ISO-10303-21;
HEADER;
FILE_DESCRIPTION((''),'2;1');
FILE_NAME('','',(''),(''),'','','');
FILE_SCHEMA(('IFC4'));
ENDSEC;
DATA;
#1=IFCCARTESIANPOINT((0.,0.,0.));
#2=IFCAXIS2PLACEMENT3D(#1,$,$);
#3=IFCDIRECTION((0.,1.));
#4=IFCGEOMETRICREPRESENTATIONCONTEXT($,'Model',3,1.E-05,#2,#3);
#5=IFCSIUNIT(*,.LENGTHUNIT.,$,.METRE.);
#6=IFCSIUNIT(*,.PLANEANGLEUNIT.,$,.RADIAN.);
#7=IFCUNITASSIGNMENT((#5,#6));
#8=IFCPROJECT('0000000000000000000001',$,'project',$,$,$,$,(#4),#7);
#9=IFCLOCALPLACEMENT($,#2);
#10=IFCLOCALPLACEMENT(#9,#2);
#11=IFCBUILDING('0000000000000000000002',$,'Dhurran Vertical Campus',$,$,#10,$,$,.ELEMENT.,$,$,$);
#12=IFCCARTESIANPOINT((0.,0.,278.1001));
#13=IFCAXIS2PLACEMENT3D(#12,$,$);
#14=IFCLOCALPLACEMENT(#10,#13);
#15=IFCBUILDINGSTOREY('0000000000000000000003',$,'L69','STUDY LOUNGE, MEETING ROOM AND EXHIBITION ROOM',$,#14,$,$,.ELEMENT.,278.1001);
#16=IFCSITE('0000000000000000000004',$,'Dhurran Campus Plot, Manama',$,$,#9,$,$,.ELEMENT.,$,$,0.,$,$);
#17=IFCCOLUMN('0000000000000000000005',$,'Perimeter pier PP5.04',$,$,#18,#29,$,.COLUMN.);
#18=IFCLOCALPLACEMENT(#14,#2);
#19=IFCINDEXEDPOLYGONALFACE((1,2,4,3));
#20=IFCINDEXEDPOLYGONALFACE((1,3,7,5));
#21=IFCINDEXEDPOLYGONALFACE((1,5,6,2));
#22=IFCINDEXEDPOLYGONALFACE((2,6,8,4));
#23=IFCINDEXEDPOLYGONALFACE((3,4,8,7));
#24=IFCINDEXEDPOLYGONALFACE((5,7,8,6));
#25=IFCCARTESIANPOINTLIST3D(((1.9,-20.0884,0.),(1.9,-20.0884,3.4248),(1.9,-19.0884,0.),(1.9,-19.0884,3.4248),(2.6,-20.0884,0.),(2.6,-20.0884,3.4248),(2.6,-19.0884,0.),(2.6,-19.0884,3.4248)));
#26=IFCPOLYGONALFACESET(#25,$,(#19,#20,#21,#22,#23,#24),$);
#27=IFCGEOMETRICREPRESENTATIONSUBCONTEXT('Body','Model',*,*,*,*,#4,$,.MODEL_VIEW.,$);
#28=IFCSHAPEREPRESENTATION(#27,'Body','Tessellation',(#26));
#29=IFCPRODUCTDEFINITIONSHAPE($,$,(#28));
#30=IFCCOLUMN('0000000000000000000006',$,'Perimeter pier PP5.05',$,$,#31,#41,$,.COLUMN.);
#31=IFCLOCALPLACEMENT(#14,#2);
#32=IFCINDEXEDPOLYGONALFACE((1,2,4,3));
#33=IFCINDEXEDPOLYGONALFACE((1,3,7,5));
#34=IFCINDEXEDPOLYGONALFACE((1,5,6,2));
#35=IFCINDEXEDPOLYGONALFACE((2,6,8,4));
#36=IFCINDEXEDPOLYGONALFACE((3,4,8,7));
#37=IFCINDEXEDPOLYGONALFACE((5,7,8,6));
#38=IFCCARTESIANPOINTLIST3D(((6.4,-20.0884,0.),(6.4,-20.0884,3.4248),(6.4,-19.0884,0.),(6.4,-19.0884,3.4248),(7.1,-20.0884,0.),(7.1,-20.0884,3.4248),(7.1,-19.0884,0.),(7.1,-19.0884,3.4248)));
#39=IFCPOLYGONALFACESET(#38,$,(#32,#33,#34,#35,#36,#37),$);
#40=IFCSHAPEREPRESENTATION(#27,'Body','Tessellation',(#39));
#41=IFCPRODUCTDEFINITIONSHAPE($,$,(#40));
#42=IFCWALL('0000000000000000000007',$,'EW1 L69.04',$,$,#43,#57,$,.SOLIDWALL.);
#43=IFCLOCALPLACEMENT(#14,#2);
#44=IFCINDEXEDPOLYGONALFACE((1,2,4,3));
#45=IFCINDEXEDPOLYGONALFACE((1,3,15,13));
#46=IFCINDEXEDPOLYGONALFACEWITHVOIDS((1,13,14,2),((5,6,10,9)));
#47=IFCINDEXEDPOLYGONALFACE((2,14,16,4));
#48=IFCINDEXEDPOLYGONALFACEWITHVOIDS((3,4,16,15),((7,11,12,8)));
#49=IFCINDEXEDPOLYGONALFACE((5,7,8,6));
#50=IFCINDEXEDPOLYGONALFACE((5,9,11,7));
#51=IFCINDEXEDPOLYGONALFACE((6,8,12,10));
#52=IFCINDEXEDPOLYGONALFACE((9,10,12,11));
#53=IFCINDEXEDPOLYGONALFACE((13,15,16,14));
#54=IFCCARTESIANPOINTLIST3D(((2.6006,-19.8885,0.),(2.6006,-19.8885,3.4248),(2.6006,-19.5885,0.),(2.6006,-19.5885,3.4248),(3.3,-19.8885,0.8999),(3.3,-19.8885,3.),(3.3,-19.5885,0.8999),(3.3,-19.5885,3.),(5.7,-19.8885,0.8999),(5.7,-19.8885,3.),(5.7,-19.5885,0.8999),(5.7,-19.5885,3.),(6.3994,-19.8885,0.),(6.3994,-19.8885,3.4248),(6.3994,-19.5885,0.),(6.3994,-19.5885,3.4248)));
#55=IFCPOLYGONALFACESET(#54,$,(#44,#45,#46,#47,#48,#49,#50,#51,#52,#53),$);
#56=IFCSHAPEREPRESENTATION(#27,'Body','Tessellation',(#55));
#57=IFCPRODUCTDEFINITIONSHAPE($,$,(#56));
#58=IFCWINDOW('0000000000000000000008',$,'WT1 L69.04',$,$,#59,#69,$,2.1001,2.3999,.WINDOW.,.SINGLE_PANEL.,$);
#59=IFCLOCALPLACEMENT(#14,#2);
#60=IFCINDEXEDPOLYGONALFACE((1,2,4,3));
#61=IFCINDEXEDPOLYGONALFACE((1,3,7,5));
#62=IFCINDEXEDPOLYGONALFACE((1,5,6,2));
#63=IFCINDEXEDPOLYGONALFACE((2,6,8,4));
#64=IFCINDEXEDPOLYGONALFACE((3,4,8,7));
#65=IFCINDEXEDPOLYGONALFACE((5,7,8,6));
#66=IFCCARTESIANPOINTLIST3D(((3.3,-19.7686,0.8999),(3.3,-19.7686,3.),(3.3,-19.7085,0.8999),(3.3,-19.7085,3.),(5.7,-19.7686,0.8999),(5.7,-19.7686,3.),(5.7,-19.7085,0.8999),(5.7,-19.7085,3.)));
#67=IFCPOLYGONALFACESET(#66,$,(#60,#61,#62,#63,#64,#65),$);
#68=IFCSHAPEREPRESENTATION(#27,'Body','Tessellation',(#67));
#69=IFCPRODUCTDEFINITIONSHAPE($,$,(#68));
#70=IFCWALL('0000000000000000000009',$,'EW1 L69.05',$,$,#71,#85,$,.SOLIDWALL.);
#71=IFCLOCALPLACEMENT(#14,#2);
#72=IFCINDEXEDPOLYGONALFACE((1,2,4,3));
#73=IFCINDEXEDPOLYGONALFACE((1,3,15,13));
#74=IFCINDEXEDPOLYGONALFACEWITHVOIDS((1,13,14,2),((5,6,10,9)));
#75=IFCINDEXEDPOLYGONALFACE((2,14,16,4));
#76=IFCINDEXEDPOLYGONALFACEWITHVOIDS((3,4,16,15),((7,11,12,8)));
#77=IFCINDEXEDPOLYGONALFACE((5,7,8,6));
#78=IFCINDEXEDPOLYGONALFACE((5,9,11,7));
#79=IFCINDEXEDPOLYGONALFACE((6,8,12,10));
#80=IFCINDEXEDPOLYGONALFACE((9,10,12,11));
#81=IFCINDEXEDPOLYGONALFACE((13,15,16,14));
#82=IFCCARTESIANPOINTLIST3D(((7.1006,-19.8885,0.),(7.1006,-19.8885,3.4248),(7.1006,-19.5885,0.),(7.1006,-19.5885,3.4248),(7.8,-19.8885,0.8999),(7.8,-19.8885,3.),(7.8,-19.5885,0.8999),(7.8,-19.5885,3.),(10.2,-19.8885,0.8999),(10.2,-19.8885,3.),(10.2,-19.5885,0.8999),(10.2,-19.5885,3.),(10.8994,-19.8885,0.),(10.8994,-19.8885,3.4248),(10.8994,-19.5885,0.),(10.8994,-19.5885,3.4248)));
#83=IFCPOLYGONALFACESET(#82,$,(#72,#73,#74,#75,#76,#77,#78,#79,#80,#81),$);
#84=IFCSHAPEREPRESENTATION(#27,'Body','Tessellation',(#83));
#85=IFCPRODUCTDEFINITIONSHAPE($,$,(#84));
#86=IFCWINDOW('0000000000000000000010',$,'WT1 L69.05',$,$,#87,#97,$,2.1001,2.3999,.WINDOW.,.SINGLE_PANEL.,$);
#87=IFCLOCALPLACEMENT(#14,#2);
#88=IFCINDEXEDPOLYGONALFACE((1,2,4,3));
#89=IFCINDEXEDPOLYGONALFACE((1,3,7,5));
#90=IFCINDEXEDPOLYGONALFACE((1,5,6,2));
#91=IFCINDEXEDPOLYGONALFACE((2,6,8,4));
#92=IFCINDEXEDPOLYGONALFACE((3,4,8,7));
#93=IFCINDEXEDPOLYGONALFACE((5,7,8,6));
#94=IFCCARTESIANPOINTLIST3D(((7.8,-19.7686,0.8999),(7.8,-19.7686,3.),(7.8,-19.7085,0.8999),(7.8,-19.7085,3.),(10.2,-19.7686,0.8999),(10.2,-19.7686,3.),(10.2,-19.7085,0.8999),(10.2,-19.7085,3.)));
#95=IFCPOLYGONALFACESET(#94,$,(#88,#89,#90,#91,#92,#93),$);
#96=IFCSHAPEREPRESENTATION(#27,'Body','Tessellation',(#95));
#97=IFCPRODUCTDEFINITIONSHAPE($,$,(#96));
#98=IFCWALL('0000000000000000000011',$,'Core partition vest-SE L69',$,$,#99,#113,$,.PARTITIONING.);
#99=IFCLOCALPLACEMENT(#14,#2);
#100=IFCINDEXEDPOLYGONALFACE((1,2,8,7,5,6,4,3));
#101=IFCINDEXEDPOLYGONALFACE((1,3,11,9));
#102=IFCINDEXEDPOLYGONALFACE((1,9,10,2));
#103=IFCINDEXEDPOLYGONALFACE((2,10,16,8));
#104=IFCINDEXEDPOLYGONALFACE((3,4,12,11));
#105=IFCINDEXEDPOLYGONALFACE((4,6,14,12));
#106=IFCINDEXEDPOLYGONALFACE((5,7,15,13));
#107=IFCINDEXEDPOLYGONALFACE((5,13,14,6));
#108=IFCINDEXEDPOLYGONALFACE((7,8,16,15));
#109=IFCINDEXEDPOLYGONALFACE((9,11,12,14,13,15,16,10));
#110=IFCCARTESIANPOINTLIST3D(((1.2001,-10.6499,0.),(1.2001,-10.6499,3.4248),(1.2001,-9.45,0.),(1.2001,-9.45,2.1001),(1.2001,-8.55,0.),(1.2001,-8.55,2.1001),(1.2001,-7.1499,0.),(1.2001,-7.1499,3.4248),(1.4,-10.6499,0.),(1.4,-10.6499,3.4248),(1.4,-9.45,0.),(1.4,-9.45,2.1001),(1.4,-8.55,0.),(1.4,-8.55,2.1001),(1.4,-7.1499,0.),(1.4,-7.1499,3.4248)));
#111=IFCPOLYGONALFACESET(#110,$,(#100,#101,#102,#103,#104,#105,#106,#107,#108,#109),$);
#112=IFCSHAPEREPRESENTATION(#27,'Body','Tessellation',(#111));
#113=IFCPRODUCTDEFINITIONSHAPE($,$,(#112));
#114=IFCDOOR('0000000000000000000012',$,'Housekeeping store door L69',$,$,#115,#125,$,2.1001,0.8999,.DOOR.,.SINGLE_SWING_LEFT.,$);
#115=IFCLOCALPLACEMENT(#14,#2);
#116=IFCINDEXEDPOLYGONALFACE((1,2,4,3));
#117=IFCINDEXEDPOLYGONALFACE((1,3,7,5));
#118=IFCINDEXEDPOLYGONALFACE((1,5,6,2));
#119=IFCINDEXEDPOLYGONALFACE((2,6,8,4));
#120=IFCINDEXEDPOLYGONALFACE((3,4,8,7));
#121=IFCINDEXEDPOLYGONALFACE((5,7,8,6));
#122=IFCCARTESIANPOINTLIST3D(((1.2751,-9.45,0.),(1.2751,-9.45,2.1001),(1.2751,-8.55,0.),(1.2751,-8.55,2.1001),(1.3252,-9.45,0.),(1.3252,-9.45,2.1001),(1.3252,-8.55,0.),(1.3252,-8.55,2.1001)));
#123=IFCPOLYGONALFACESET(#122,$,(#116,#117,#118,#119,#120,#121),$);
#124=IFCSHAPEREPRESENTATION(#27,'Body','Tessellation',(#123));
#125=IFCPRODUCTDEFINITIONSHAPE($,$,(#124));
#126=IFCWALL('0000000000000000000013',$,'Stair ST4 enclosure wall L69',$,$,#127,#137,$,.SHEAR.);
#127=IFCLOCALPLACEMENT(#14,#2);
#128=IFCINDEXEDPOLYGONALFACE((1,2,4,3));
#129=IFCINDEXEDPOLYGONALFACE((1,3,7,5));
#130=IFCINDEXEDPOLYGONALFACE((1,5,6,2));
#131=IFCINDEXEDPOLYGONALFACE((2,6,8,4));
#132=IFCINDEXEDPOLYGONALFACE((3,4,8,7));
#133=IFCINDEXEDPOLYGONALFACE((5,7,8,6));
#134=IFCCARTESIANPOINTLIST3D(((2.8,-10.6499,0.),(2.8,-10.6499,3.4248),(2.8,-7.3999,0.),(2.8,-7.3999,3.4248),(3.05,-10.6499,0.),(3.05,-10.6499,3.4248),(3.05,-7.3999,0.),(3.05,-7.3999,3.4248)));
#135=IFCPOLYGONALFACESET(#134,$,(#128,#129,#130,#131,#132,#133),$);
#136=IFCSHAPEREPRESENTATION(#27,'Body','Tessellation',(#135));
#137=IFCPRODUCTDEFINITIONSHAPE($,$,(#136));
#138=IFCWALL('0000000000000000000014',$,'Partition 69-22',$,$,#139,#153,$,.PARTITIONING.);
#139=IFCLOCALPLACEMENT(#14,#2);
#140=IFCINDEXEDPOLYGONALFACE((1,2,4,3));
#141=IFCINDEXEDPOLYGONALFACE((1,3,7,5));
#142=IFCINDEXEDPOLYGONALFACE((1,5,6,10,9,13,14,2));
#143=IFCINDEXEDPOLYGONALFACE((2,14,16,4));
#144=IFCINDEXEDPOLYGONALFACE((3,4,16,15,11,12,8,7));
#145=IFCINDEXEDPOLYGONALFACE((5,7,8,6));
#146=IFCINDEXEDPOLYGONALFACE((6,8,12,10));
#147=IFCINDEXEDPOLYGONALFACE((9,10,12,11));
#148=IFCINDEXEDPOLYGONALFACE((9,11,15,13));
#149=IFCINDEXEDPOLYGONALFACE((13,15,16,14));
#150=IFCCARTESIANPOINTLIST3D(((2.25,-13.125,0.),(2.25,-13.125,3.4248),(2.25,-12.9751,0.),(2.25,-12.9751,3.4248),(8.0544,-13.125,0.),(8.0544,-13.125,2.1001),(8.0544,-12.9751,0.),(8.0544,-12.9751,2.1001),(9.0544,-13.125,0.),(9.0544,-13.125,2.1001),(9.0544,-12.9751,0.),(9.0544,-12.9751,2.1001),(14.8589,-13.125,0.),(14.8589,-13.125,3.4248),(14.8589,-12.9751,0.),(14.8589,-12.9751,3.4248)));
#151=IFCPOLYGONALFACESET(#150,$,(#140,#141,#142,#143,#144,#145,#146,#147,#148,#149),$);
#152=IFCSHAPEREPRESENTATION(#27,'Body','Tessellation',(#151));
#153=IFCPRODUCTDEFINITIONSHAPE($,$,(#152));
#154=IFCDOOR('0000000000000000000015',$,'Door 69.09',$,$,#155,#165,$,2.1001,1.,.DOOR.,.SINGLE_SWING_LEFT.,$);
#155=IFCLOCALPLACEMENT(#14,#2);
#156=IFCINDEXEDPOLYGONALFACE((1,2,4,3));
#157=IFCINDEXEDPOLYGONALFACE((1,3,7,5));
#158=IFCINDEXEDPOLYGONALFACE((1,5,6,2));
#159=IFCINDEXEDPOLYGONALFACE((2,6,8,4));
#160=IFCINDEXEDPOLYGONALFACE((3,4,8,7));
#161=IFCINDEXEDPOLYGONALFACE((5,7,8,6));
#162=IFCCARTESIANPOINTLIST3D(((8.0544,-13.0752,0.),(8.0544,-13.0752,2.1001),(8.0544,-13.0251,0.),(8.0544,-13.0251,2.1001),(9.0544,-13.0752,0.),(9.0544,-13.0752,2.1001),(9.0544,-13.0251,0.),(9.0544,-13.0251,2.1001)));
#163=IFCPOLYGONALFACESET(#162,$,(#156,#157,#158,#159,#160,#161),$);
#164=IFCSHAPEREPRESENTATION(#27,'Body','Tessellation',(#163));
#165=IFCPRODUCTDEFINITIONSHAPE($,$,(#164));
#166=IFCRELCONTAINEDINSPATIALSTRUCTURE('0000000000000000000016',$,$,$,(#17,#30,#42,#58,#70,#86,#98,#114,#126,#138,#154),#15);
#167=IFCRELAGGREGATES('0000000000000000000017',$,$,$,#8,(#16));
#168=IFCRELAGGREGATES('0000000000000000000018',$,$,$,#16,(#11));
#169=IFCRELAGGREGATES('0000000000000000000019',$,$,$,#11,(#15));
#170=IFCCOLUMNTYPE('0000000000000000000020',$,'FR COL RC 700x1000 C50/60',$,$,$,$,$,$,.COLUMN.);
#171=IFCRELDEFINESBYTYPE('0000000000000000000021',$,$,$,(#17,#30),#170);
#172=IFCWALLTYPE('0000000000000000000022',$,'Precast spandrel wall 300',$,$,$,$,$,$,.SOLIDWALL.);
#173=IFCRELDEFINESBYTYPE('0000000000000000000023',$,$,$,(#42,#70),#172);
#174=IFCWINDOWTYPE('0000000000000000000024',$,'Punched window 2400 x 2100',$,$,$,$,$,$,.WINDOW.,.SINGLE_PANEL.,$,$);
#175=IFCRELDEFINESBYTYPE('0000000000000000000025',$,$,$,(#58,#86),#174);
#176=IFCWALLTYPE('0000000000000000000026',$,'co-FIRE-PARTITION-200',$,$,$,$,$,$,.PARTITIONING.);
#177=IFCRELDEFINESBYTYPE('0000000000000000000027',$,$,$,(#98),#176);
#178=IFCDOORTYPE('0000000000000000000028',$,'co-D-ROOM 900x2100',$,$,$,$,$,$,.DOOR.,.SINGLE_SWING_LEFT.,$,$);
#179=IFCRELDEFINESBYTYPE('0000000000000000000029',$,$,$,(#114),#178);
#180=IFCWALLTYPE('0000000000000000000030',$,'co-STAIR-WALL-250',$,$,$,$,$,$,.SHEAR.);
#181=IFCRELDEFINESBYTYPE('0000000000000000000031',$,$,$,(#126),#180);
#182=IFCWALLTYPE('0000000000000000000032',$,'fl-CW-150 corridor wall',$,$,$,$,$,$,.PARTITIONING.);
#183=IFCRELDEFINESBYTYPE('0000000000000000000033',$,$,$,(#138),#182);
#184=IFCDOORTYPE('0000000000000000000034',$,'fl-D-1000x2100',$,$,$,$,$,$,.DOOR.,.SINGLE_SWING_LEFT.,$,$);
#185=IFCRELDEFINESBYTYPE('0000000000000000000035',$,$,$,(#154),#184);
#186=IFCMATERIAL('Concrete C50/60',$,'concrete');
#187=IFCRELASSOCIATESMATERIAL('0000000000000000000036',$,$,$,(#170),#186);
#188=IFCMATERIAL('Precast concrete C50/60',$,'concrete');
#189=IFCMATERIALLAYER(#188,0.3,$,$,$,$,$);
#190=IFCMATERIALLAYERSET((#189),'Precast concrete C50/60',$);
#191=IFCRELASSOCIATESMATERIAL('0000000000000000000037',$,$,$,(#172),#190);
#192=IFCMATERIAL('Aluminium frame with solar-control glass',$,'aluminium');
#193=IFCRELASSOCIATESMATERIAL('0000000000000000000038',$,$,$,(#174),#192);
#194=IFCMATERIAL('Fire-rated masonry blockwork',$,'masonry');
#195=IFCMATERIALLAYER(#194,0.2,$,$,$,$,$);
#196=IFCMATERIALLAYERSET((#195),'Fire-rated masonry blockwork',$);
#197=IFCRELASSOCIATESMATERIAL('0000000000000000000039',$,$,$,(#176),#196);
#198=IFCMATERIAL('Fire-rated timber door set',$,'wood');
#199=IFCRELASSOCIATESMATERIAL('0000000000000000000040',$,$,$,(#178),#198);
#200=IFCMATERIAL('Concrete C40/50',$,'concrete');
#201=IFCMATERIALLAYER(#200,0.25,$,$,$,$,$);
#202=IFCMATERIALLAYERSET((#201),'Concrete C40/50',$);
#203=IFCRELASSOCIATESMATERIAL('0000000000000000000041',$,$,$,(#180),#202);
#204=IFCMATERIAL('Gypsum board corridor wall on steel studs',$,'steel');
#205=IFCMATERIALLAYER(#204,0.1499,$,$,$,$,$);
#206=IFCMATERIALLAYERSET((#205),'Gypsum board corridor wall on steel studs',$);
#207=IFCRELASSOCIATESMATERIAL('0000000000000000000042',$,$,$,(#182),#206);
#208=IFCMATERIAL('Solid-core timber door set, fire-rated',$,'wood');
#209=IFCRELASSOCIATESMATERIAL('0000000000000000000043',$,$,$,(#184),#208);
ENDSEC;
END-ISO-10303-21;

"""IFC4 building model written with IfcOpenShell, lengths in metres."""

from ifc_helpers import new_model, si_unit, direction, frame, frame_2d, origin, origin_2d, place, context, subcontext, project, spatial, rectangle, extrude, material, layer, layer_set, material_profile, profile_set, type_object, element, fill, save


model = new_model("IFC4")

# Units and contexts
model_context = context("Model", 3, precision=1e-05, world=origin(), true_north=direction((0.0, 1.0)))
body_context = subcontext(model_context, "Body", "Model", "MODEL_VIEW")
ifc_project = project(units=[si_unit("LENGTHUNIT", "METRE"), si_unit("PLANEANGLEUNIT", "RADIAN")], contexts=[model_context])

# Site, building, storey
site_placement = place(None, origin())
site = spatial("IfcSite", under=ifc_project, at=site_placement, Name="Dhurran Campus Plot, Manama", CompositionType="ELEMENT", RefElevation=0.0)
building_placement = place(site_placement, origin())
building = spatial("IfcBuilding", under=site, at=building_placement, Name="Dhurran Vertical Campus", CompositionType="ELEMENT")
storey_placement = place(building_placement, frame((0.0, 0.0, 278.1001)))
storey = spatial("IfcBuildingStorey", under=building, at=storey_placement, Name="L69", Description="STUDY LOUNGE, MEETING ROOM AND EXHIBITION ROOM", CompositionType="ELEMENT", Elevation=278.1001)

# Columns
ifc_material_1 = material(Name="Concrete C50/60", Category="concrete")
ifc_material_profile = material_profile(ifc_material_1, rectangle(XDim=0.7, YDim=1.0, at=origin_2d()), Name="RC 700x1000")
ifc_profile_set = profile_set([ifc_material_profile], Name="Concrete C50/60")
column_type = type_object("IfcColumnType", Name="FR COL RC 700x1000 C50/60", PredefinedType="COLUMN", material=ifc_profile_set)
for number, where, z_axis, x_axis, name in (
    (1, (2.25, -19.5884, 0.0), (0.0, 0.0, 1.0), (1.0, 0.0, 0.0), "Perimeter pier PP5.04"),
    (2, (6.75, -19.5884, 0.0), (0.0, 0.0, 1.0), (1.0, 0.0, 0.0), "Perimeter pier PP5.05"),
):
    element("IfcColumn", number, at=place(storey_placement, frame(where, z_axis=z_axis, x_axis=x_axis)), inside=storey, type_object=column_type, Name=name, PredefinedType="COLUMN", context=body_context, shape_type="SweptSolid", body=[
        extrude(rectangle(XDim=0.7, YDim=1.0, at=origin_2d()), origin(), (0.0, 0.0, 1.0), 3.4248),
    ])

# Walls, openings, windows
ifc_material_2 = material(Name="Precast concrete C50/60", Category="concrete")
ifc_layer_1 = layer(ifc_material_2, 0.3)
ifc_layer_set_1 = layer_set([ifc_layer_1], Name="Precast concrete C50/60")
wall_type_1 = type_object("IfcWallType", Name="Precast spandrel wall 300", PredefinedType="SOLIDWALL", material=ifc_layer_set_1)
wall_1_placement = place(storey_placement, frame((2.6006, -19.7385, 0.0), z_axis=(0.0, 0.0, 1.0), x_axis=(1.0, 0.0, 0.0)))
wall_1 = element("IfcWall", 3, at=wall_1_placement, inside=storey, type_object=wall_type_1, Name="EW1 L69.04", PredefinedType="SOLIDWALL", context=body_context, shape_type="SweptSolid", body=[
    extrude(rectangle(XDim=3.7988, YDim=0.3, at=frame_2d((1.8994, 0.0))), origin(), (0.0, 0.0, 1.0), 3.4248),
])
opening_1_placement = place(wall_1_placement, frame((0.6995, 0.0, 0.8999)))
opening_1 = element("IfcOpeningElement", 4, at=opening_1_placement, cuts=wall_1, PredefinedType="OPENING", context=body_context, shape_type="SweptSolid", body=[
    extrude(rectangle(XDim=2.3999, YDim=2.1001, at=frame_2d((1.2, 1.05))), frame((0.0, 0.1599, 0.0), z_axis=(0.0, -1.0, 0.0), x_axis=(1.0, 0.0, 0.0)), (0.0, 0.0, 1.0), 0.3201),
])
ifc_material_3 = material(Name="Aluminium frame with solar-control glass", Category="aluminium")
window_type = type_object("IfcWindowType", Name="Punched window 2400 x 2100", PartitioningType="SINGLE_PANEL", PredefinedType="WINDOW", material=ifc_material_3)
window_1_placement = place(opening_1_placement, origin())
window_1 = element("IfcWindow", 5, at=window_1_placement, inside=storey, type_object=window_type, Name="WT1 L69.04", OverallHeight=2.1001, OverallWidth=2.3999, PartitioningType="SINGLE_PANEL", PredefinedType="WINDOW", context=body_context, shape_type="SweptSolid", body=[
    extrude(rectangle(XDim=2.3999, YDim=2.1001, at=frame_2d((1.2, 1.05))), frame((0.0, 0.03, 0.0), z_axis=(0.0, -1.0, 0.0), x_axis=(1.0, 0.0, 0.0)), (0.0, 0.0, 1.0), 0.0601),
])
fill(opening_1, window_1)
wall_2_placement = place(storey_placement, frame((7.1006, -19.7385, 0.0), z_axis=(0.0, 0.0, 1.0), x_axis=(1.0, 0.0, 0.0)))
wall_2 = element("IfcWall", 6, at=wall_2_placement, inside=storey, type_object=wall_type_1, Name="EW1 L69.05", PredefinedType="SOLIDWALL", context=body_context, shape_type="SweptSolid", body=[
    extrude(rectangle(XDim=3.7988, YDim=0.3, at=frame_2d((1.8994, 0.0))), origin(), (0.0, 0.0, 1.0), 3.4248),
])
opening_2_placement = place(wall_2_placement, frame((0.6995, 0.0, 0.8999)))
opening_2 = element("IfcOpeningElement", 7, at=opening_2_placement, cuts=wall_2, PredefinedType="OPENING", context=body_context, shape_type="SweptSolid", body=[
    extrude(rectangle(XDim=2.3999, YDim=2.1001, at=frame_2d((1.2, 1.05))), frame((0.0, 0.1599, 0.0), z_axis=(0.0, -1.0, 0.0), x_axis=(1.0, 0.0, 0.0)), (0.0, 0.0, 1.0), 0.3201),
])
window_2_placement = place(opening_2_placement, origin())
window_2 = element("IfcWindow", 8, at=window_2_placement, inside=storey, type_object=window_type, Name="WT1 L69.05", OverallHeight=2.1001, OverallWidth=2.3999, PartitioningType="SINGLE_PANEL", PredefinedType="WINDOW", context=body_context, shape_type="SweptSolid", body=[
    extrude(rectangle(XDim=2.3999, YDim=2.1001, at=frame_2d((1.2, 1.05))), frame((0.0, 0.03, 0.0), z_axis=(0.0, -1.0, 0.0), x_axis=(1.0, 0.0, 0.0)), (0.0, 0.0, 1.0), 0.0601),
])
fill(opening_2, window_2)

# Wall, opening, door
ifc_material_4 = material(Name="Fire-rated masonry blockwork", Category="masonry")
ifc_layer_2 = layer(ifc_material_4, 0.2)
ifc_layer_set_2 = layer_set([ifc_layer_2], Name="Fire-rated masonry blockwork")
wall_type_2 = type_object("IfcWallType", Name="co-FIRE-PARTITION-200", PredefinedType="PARTITIONING", material=ifc_layer_set_2)
wall_3_placement = place(storey_placement, frame((1.3, -10.6499, 0.0), z_axis=(0.0, 0.0, 1.0), x_axis=(0.0, 1.0, 0.0)))
wall_3 = element("IfcWall", 9, at=wall_3_placement, inside=storey, type_object=wall_type_2, Name="Core partition vest-SE L69", PredefinedType="PARTITIONING", context=body_context, shape_type="SweptSolid", body=[
    extrude(rectangle(XDim=3.5, YDim=0.2, at=frame_2d((1.75, 0.0))), origin(), (0.0, 0.0, 1.0), 3.4248),
])
opening_3_placement = place(wall_3_placement, frame((1.2, 0.0, 0.0)))
opening_3 = element("IfcOpeningElement", 10, at=opening_3_placement, cuts=wall_3, PredefinedType="OPENING", context=body_context, shape_type="SweptSolid", body=[
    extrude(rectangle(XDim=0.8999, YDim=2.1001, at=frame_2d((0.45, 1.05))), frame((0.0, 0.1099, 0.0), z_axis=(0.0, -1.0, 0.0), x_axis=(1.0, 0.0, 0.0)), (0.0, 0.0, 1.0), 0.22),
])
ifc_material_5 = material(Name="Fire-rated timber door set", Category="wood")
door_type_1 = type_object("IfcDoorType", Name="co-D-ROOM 900x2100", OperationType="SINGLE_SWING_LEFT", PredefinedType="DOOR", material=ifc_material_5)
door_1_placement = place(opening_3_placement, origin())
door_1 = element("IfcDoor", 11, at=door_1_placement, inside=storey, type_object=door_type_1, Name="Housekeeping store door L69", OperationType="SINGLE_SWING_LEFT", OverallHeight=2.1001, OverallWidth=0.8999, PredefinedType="DOOR", context=body_context, shape_type="SweptSolid", body=[
    extrude(rectangle(XDim=0.8999, YDim=2.1001, at=frame_2d((0.45, 1.05))), frame((0.0, 0.0249, 0.0), z_axis=(0.0, -1.0, 0.0), x_axis=(1.0, 0.0, 0.0)), (0.0, 0.0, 1.0), 0.05),
])
fill(opening_3, door_1)

# Wall
ifc_material_6 = material(Name="Concrete C40/50", Category="concrete")
ifc_layer_3 = layer(ifc_material_6, 0.25)
ifc_layer_set_3 = layer_set([ifc_layer_3], Name="Concrete C40/50")
wall_type_3 = type_object("IfcWallType", Name="co-STAIR-WALL-250", PredefinedType="SHEAR", material=ifc_layer_set_3)
wall_4_placement = place(storey_placement, frame((2.925, -10.6499, 0.0), z_axis=(0.0, 0.0, 1.0), x_axis=(0.0, 1.0, 0.0)))
element("IfcWall", 12, at=wall_4_placement, inside=storey, type_object=wall_type_3, Name="Stair ST4 enclosure wall L69", PredefinedType="SHEAR", context=body_context, shape_type="SweptSolid", body=[
    extrude(rectangle(XDim=3.25, YDim=0.25, at=frame_2d((1.625, 0.0))), origin(), (0.0, 0.0, 1.0), 3.4248),
])

# Wall, opening, door
ifc_material_7 = material(Name="Gypsum board corridor wall on steel studs", Category="steel")
ifc_layer_4 = layer(ifc_material_7, 0.1499)
ifc_layer_set_4 = layer_set([ifc_layer_4], Name="Gypsum board corridor wall on steel studs")
wall_type_4 = type_object("IfcWallType", Name="fl-CW-150 corridor wall", PredefinedType="PARTITIONING", material=ifc_layer_set_4)
wall_5_placement = place(storey_placement, frame((2.25, -13.05, 0.0), z_axis=(0.0, 0.0, 1.0), x_axis=(1.0, 0.0, 0.0)))
wall_5 = element("IfcWall", 13, at=wall_5_placement, inside=storey, type_object=wall_type_4, Name="Partition 69-22", PredefinedType="PARTITIONING", context=body_context, shape_type="SweptSolid", body=[
    extrude(rectangle(XDim=12.6089, YDim=0.1499, at=frame_2d((6.3044, 0.0))), origin(), (0.0, 0.0, 1.0), 3.4248),
])
opening_4_placement = place(wall_5_placement, frame((5.8044, 0.0, 0.0)))
opening_4 = element("IfcOpeningElement", 14, at=opening_4_placement, cuts=wall_5, PredefinedType="OPENING", context=body_context, shape_type="SweptSolid", body=[
    extrude(rectangle(XDim=1.0, YDim=2.1001, at=frame_2d((0.5, 1.05))), frame((0.0, 0.085, 0.0), z_axis=(0.0, -1.0, 0.0), x_axis=(1.0, 0.0, 0.0)), (0.0, 0.0, 1.0), 0.1699),
])
ifc_material_8 = material(Name="Solid-core timber door set, fire-rated", Category="wood")
door_type_2 = type_object("IfcDoorType", Name="fl-D-1000x2100", OperationType="SINGLE_SWING_LEFT", PredefinedType="DOOR", material=ifc_material_8)
door_2_placement = place(opening_4_placement, origin())
door_2 = element("IfcDoor", 15, at=door_2_placement, inside=storey, type_object=door_type_2, Name="Door 69.09", OperationType="SINGLE_SWING_LEFT", OverallHeight=2.1001, OverallWidth=1.0, PredefinedType="DOOR", context=body_context, shape_type="SweptSolid", body=[
    extrude(rectangle(XDim=1.0, YDim=2.1001, at=frame_2d((0.5, 1.05))), frame((0.0, 0.0249, 0.0), z_axis=(0.0, -1.0, 0.0), x_axis=(1.0, 0.0, 0.0)), (0.0, 0.0, 1.0), 0.05),
])
fill(opening_4, door_2)

save(model, "model.ifc")
